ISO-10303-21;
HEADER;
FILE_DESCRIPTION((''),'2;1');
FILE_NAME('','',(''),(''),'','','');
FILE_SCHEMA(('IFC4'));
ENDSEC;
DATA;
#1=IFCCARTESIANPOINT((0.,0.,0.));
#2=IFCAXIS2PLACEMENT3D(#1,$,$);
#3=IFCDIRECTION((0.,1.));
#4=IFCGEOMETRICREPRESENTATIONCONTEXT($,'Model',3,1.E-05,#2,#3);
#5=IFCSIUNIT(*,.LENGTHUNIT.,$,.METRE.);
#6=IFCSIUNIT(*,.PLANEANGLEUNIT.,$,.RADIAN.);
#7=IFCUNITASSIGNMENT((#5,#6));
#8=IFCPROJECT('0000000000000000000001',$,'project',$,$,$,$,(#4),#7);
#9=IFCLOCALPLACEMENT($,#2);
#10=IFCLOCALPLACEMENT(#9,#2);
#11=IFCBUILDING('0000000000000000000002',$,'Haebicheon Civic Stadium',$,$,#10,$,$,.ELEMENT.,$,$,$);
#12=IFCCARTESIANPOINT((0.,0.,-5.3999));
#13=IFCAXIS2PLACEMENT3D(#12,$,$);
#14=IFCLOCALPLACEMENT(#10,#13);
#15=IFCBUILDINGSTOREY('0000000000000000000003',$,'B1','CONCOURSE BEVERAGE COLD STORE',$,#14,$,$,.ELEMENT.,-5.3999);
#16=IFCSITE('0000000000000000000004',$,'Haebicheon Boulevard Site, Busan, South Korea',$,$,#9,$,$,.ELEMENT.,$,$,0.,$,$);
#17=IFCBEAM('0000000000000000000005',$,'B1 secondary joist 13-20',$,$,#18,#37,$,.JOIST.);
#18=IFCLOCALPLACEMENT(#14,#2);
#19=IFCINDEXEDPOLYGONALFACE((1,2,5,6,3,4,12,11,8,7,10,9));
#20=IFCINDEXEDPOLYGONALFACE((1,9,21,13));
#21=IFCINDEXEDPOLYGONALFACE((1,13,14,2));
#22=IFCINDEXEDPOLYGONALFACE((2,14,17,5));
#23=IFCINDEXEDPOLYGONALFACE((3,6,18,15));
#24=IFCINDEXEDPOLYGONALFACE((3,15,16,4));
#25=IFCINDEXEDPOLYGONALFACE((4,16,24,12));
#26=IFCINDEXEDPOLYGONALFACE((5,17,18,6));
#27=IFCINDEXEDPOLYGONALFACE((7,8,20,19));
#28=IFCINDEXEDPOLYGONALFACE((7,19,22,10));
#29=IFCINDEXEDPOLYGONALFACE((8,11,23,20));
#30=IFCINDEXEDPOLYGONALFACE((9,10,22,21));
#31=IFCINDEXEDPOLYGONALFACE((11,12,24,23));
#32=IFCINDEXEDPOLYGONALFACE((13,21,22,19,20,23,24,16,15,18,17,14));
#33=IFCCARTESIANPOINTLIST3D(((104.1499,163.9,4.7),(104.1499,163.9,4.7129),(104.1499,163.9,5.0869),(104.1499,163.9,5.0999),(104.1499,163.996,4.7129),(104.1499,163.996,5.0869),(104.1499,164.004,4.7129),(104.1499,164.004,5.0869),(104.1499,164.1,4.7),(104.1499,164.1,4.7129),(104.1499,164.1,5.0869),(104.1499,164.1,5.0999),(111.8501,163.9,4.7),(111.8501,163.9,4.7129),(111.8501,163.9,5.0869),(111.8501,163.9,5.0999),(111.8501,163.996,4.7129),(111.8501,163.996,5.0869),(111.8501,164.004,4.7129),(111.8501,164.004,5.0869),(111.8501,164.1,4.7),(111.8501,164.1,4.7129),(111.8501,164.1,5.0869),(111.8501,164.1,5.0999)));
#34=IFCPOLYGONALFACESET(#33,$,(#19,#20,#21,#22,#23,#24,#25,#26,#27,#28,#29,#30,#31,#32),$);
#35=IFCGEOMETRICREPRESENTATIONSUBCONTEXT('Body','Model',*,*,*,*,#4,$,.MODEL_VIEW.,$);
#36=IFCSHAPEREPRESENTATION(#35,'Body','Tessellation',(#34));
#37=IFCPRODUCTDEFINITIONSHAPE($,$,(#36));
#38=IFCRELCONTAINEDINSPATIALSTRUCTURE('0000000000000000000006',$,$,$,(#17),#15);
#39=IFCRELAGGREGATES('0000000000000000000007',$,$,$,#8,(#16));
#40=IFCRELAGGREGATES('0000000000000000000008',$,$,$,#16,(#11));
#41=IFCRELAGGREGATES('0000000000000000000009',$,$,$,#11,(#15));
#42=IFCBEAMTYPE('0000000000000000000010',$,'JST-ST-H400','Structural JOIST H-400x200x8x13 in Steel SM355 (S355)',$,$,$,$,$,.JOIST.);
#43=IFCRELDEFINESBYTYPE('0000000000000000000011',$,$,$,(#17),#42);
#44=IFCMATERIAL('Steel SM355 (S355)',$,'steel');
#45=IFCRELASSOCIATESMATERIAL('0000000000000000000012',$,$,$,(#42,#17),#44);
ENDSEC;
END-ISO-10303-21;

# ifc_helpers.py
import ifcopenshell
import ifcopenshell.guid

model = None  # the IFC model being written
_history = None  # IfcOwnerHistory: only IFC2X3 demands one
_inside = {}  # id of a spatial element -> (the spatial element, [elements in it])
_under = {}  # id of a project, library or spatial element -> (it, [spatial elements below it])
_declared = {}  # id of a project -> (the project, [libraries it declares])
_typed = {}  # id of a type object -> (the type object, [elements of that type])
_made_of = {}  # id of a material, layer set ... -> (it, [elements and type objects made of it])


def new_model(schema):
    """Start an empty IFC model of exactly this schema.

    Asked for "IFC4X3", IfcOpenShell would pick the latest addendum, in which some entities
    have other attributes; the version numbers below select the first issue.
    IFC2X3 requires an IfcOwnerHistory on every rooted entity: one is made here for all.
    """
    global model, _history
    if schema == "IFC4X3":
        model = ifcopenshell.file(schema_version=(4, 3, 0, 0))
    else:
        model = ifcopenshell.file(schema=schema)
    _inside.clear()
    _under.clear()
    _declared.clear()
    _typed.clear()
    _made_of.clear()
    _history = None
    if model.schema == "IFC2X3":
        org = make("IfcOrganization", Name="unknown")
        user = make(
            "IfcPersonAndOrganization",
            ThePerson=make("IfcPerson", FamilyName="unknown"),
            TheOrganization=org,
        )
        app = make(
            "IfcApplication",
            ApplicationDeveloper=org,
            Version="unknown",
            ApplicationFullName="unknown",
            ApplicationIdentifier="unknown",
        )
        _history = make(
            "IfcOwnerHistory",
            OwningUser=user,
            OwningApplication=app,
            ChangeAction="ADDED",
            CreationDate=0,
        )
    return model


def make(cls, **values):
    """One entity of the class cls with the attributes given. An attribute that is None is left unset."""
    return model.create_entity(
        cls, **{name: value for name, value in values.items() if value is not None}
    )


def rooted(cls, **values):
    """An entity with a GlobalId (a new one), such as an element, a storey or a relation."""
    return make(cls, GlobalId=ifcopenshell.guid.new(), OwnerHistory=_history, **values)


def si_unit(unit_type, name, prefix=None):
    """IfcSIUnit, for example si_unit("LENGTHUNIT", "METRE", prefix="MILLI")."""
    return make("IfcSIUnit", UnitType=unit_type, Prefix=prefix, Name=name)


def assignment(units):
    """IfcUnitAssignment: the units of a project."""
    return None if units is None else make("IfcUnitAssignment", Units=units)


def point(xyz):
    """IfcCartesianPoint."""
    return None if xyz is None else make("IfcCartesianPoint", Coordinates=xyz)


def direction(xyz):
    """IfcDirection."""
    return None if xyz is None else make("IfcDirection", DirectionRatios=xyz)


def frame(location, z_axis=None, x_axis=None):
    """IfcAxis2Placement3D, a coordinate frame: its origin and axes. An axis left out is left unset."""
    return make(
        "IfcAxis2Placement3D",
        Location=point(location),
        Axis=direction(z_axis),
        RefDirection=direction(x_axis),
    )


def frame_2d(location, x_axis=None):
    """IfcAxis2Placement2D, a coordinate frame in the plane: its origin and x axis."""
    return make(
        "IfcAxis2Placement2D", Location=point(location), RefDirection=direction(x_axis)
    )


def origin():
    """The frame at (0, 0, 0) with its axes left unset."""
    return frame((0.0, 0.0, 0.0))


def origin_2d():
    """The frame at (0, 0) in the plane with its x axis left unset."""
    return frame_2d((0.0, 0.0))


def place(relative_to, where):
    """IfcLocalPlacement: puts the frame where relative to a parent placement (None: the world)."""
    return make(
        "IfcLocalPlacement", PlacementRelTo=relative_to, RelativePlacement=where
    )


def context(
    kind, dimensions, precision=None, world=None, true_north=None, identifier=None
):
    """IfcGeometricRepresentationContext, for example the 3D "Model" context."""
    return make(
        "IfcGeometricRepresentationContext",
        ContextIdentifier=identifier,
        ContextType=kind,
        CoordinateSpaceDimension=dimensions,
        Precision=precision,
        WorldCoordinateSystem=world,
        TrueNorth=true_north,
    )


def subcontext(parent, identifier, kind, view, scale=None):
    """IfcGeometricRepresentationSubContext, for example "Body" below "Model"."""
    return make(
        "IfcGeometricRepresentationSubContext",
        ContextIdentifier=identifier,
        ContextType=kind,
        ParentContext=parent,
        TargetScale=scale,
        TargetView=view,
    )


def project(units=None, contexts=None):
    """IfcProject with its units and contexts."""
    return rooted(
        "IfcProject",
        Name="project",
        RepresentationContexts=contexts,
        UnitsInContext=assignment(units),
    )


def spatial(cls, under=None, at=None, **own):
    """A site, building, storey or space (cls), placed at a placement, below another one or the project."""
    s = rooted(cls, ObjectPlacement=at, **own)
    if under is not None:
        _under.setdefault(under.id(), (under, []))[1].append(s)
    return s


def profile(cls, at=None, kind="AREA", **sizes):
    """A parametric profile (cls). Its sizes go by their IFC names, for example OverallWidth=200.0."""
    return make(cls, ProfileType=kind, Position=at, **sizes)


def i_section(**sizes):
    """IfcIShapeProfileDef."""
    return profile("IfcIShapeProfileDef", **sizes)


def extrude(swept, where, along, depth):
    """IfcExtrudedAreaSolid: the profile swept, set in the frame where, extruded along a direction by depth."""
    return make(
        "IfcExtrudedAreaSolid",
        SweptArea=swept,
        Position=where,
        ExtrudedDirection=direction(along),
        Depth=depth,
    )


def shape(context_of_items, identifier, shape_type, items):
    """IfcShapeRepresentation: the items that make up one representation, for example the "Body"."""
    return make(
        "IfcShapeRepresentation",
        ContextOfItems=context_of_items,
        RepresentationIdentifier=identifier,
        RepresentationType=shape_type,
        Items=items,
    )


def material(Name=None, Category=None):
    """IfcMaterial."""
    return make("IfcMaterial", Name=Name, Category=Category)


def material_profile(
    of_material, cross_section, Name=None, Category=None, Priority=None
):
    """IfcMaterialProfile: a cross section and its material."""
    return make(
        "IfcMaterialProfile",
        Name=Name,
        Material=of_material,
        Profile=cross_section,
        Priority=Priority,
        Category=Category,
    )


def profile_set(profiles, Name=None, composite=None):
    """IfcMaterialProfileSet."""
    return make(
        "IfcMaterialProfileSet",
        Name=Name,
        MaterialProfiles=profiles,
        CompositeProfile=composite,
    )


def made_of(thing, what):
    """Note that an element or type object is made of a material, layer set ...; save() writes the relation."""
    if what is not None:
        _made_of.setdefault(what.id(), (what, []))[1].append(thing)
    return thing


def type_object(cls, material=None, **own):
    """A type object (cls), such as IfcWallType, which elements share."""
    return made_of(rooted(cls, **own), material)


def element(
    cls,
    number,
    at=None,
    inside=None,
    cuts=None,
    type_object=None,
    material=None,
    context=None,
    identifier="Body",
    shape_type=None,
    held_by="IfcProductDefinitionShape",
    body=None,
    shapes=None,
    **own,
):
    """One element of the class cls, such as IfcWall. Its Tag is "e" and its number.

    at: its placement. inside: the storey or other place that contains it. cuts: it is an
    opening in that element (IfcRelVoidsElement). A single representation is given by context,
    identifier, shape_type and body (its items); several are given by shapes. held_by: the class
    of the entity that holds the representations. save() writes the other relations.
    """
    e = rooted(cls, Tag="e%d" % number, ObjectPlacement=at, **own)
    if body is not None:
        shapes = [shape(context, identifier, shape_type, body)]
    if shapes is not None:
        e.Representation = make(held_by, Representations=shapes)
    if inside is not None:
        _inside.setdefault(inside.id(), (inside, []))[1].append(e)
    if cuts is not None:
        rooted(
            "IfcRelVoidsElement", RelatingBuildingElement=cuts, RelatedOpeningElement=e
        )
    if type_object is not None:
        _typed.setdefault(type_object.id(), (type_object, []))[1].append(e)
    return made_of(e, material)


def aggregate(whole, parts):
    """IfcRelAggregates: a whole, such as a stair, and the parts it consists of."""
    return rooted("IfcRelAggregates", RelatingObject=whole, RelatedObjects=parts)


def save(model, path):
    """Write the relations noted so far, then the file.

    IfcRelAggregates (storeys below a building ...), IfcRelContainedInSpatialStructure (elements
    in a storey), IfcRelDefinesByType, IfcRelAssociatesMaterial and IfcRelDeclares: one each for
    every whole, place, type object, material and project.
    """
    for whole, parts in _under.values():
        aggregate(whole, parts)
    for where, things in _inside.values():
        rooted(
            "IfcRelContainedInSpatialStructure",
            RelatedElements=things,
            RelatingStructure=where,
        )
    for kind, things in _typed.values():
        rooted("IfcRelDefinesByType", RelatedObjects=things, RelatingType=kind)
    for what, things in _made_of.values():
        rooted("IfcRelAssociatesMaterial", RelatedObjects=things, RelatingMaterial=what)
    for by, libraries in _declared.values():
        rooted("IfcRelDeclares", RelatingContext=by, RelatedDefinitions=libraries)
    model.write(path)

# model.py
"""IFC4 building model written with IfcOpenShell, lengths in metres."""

from ifc_helpers import new_model, si_unit, direction, frame, origin, origin_2d, place, context, subcontext, project, spatial, i_section, extrude, material, material_profile, profile_set, type_object, element, save


model = new_model("IFC4")

# Units and contexts
model_context = context("Model", 3, precision=1e-05, world=origin(), true_north=direction((0.0, 1.0)))
body_context = subcontext(model_context, "Body", "Model", "MODEL_VIEW")
ifc_project = project(units=[si_unit("LENGTHUNIT", "METRE"), si_unit("PLANEANGLEUNIT", "RADIAN")], contexts=[model_context])

# Site, building, storey
site_placement = place(None, origin())
site = spatial("IfcSite", under=ifc_project, at=site_placement, Name="Haebicheon Boulevard Site, Busan, South Korea", CompositionType="ELEMENT", RefElevation=0.0)
building_placement = place(site_placement, origin())
building = spatial("IfcBuilding", under=site, at=building_placement, Name="Haebicheon Civic Stadium", CompositionType="ELEMENT")
storey_placement = place(building_placement, frame((0.0, 0.0, -5.3999)))
storey = spatial("IfcBuildingStorey", under=building, at=storey_placement, Name="B1", Description="CONCOURSE BEVERAGE COLD STORE", CompositionType="ELEMENT", Elevation=-5.3999)

# Beam
ifc_material_1 = material(Name="Steel SM355 (S355)", Category="steel")
ifc_material_profile_1 = material_profile(ifc_material_1, i_section(OverallWidth=0.2, OverallDepth=0.3999, WebThickness=0.0081, FlangeThickness=0.0129, at=origin_2d()), Name="H-400x200x8x13")
ifc_profile_set_1 = profile_set([ifc_material_profile_1], Name="Steel SM355 (S355)")
beam_type_1 = type_object("IfcBeamType", Name="JST-ST-H400", Description="Structural JOIST H-400x200x8x13 in Steel SM355 (S355)", PredefinedType="JOIST", material=ifc_profile_set_1)
for number, where, z_axis, x_axis, name in (
    (1, (104.1499, 164.0, 4.8999), (1.0, 0.0, 0.0), (0.0, 1.0, 0.0), "B1 secondary joist 13-20"),
):
    element("IfcBeam", number, at=place(storey_placement, frame(where, z_axis=z_axis, x_axis=x_axis)), inside=storey, type_object=beam_type_1, material=ifc_profile_set_1, Name=name, PredefinedType="JOIST", context=body_context, shape_type="SweptSolid", body=[
        extrude(i_section(OverallWidth=0.2, OverallDepth=0.3999, WebThickness=0.0081, FlangeThickness=0.0129, at=origin_2d()), origin(), (0.0, 0.0, 1.0), 7.7002),
    ])

save(model, "model.ifc")
